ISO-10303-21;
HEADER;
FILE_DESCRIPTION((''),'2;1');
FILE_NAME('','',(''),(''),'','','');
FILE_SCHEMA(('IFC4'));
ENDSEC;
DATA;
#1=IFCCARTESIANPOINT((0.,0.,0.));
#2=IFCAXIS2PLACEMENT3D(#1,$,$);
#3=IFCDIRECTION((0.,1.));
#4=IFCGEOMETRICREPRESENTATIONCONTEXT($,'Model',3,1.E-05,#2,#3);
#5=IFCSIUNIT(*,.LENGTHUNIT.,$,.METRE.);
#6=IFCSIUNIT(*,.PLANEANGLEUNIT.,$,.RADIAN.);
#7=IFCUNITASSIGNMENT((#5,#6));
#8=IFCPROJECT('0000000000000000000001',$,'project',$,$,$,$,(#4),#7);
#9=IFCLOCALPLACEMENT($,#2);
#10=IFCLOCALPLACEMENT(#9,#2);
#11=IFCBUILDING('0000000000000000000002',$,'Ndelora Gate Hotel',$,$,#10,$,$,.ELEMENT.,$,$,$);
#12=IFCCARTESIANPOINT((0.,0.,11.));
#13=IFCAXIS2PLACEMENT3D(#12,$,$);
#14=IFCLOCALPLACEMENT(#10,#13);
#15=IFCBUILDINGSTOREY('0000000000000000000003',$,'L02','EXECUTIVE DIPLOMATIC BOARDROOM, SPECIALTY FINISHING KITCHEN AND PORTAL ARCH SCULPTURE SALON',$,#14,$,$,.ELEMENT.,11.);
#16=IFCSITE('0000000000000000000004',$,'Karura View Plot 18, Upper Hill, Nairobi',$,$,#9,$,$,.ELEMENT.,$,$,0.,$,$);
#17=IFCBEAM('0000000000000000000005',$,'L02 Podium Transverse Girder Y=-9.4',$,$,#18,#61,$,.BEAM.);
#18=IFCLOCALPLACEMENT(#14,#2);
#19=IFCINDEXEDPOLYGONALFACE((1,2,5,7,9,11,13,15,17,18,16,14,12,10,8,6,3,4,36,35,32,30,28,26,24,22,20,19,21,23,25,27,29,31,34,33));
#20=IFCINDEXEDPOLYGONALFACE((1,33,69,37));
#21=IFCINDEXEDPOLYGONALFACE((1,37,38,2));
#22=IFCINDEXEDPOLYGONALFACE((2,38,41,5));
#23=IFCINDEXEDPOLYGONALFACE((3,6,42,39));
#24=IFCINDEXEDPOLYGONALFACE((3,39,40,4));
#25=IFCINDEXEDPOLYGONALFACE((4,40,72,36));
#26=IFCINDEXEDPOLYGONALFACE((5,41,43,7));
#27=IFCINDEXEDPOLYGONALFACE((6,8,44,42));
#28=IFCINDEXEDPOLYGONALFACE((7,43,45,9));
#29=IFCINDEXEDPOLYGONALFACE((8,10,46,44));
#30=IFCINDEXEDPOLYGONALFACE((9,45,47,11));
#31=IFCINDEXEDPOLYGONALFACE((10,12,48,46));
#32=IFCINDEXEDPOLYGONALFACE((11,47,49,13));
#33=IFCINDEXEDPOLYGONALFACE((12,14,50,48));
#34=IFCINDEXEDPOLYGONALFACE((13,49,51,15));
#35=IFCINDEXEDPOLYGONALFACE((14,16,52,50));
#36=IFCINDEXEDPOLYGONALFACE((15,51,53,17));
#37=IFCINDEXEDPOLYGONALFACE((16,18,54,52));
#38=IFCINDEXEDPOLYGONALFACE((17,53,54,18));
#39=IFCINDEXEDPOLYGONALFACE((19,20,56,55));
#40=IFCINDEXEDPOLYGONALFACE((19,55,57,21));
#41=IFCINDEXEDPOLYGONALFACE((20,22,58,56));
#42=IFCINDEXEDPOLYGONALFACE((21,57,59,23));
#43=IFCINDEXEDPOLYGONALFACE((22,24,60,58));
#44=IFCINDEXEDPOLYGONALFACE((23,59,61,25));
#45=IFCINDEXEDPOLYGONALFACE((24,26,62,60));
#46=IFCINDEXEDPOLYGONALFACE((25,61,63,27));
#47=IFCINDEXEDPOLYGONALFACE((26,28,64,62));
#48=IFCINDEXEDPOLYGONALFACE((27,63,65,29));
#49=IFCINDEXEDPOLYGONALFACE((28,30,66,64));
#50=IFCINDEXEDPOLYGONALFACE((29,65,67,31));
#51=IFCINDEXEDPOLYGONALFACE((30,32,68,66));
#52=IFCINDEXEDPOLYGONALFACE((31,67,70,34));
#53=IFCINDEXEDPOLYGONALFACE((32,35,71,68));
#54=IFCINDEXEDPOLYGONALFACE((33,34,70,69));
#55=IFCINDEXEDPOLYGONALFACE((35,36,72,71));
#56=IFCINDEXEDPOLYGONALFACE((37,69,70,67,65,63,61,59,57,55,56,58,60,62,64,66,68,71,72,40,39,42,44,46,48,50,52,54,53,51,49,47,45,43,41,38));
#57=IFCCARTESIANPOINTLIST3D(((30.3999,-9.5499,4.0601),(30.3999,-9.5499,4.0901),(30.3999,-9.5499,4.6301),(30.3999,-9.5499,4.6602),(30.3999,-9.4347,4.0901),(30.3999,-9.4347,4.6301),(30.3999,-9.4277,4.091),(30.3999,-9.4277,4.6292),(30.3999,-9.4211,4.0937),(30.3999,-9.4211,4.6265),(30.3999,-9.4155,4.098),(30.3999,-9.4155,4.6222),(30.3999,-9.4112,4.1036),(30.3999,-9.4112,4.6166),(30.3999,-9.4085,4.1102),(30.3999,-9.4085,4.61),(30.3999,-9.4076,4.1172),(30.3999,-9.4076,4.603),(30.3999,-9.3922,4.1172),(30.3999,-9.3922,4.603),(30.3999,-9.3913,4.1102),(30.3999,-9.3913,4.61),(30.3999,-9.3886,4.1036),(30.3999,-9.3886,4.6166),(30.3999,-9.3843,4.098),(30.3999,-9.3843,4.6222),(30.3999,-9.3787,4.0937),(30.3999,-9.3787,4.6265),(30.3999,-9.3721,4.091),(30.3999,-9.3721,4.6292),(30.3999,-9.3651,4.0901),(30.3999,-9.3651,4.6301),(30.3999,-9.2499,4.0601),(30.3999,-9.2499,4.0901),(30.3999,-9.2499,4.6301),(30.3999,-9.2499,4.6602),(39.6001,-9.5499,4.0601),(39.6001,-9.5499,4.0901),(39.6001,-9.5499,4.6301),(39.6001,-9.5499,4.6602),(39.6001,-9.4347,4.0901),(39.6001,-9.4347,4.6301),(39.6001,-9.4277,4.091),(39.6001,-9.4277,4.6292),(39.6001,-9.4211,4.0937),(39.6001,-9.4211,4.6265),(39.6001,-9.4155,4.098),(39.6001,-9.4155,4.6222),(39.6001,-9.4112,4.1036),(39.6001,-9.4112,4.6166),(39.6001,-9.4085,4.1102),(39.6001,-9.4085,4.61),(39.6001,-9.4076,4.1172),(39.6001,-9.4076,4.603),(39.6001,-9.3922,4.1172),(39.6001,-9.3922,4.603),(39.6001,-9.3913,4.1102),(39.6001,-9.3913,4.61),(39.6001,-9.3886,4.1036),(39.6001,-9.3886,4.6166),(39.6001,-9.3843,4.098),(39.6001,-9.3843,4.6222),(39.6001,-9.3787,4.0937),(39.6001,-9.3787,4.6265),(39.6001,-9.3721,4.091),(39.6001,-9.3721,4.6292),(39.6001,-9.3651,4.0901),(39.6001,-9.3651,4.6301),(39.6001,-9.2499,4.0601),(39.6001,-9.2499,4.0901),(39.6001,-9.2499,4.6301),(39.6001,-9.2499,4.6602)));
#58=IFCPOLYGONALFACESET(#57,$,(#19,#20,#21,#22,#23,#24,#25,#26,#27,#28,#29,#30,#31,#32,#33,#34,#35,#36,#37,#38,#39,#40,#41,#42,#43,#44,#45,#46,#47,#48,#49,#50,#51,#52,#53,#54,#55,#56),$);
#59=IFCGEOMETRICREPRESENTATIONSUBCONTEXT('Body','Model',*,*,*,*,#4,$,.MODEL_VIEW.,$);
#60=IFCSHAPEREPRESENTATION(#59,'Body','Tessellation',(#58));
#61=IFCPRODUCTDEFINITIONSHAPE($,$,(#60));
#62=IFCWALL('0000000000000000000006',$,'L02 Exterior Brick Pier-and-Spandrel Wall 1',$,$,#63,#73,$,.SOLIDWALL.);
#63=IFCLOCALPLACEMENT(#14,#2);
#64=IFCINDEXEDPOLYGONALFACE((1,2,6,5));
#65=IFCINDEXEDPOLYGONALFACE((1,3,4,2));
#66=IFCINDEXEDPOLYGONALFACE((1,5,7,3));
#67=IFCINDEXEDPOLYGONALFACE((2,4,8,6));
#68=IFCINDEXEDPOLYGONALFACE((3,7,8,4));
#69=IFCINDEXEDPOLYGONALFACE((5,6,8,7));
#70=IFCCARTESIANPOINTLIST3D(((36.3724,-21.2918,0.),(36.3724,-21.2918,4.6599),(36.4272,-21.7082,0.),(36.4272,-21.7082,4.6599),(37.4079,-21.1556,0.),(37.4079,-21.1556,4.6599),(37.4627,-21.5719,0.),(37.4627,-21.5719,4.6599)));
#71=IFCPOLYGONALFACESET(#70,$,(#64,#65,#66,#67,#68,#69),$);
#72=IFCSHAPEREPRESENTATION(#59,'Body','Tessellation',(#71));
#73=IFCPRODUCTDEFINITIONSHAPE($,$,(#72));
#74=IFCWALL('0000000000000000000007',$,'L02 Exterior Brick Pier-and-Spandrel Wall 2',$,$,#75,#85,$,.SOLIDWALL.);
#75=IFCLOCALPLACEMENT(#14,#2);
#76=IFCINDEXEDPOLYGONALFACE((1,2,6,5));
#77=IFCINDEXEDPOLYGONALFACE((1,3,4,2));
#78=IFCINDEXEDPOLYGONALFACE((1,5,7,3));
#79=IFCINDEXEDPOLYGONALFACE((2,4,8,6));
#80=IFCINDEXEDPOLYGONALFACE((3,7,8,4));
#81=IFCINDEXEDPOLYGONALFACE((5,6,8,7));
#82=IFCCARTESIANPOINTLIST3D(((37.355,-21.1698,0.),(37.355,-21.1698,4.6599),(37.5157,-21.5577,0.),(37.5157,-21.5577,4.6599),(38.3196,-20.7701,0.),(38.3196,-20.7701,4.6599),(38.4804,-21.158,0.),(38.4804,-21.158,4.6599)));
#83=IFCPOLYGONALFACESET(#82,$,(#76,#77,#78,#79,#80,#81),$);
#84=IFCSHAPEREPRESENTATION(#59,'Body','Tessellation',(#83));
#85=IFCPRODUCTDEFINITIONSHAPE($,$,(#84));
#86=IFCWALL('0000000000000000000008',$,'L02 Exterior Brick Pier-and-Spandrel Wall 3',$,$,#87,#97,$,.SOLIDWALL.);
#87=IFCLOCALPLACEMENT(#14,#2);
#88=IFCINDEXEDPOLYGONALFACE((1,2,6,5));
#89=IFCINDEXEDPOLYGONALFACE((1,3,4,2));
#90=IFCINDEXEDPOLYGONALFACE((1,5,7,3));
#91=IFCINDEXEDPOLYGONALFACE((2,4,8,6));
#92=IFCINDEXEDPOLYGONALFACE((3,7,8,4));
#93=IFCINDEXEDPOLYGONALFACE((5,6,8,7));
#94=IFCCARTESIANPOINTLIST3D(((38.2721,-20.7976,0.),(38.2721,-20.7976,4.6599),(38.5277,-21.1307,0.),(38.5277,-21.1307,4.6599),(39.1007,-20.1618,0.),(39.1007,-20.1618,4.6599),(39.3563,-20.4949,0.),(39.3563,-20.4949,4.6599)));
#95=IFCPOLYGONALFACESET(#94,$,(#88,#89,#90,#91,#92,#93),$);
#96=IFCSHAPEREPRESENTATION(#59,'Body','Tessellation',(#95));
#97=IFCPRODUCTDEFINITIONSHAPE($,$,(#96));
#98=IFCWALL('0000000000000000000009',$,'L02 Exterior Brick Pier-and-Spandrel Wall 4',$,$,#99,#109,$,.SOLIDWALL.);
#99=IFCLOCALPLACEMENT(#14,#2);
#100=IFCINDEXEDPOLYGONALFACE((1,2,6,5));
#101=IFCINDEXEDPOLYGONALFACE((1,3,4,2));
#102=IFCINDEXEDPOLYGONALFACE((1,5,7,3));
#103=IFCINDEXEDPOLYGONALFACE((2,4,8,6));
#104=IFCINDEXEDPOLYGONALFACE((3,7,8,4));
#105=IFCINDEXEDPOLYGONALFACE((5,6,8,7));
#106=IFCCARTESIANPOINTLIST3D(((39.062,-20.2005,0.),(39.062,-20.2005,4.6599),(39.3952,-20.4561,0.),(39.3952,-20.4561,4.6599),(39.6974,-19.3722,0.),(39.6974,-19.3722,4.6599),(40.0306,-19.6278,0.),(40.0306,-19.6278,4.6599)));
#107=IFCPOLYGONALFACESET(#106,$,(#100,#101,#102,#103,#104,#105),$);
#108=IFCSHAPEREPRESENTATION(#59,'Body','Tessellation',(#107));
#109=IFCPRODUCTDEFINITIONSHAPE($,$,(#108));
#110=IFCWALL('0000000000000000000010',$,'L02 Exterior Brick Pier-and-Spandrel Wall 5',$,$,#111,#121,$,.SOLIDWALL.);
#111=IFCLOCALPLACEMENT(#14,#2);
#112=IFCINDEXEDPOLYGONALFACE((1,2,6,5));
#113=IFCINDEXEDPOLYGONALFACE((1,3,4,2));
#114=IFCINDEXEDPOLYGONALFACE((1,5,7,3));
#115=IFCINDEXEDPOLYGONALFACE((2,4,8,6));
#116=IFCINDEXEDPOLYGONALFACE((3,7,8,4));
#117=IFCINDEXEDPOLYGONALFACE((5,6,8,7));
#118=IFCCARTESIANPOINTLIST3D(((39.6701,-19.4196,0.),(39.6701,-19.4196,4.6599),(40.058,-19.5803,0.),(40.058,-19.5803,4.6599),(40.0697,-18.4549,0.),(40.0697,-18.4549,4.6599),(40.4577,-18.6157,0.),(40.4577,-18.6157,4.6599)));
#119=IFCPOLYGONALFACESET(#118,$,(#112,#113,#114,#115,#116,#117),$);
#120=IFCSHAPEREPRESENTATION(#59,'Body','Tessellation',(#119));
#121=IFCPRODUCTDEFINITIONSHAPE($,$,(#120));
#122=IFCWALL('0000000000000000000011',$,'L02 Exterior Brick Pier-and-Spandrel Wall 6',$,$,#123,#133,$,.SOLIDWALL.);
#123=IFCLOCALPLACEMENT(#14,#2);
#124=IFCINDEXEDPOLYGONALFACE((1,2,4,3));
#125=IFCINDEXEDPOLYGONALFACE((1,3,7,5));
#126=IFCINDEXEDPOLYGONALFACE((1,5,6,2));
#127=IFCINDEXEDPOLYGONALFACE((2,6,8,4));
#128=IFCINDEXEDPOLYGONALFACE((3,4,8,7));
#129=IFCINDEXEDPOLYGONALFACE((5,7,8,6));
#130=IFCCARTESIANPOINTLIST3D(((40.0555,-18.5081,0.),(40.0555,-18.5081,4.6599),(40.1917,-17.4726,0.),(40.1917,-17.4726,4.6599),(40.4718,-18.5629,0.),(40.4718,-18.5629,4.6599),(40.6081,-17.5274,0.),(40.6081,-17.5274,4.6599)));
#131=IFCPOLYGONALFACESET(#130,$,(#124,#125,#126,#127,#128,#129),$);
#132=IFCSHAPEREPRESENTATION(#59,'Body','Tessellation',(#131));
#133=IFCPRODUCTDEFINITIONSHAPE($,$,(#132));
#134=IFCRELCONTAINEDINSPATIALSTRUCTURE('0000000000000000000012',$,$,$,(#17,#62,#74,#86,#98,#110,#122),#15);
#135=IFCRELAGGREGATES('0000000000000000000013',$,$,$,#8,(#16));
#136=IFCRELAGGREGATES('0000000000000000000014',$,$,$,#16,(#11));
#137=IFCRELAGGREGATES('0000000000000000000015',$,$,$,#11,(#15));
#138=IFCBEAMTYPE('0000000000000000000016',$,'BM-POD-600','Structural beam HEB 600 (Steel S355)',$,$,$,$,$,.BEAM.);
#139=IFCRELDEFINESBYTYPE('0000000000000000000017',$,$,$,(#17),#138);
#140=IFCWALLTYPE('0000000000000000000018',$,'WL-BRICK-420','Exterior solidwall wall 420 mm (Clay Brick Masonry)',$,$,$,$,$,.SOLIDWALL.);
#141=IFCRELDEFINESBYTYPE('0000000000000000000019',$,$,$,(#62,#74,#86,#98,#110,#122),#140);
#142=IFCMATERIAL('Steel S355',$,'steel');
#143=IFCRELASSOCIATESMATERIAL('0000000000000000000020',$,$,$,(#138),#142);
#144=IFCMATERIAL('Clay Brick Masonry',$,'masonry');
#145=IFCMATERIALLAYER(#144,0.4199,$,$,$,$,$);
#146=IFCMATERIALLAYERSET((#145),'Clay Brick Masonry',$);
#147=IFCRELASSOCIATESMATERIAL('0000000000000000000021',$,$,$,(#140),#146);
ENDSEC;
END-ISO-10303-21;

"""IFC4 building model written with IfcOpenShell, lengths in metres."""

from ifc_helpers import new_model, si_unit, direction, frame, frame_2d, origin, origin_2d, place, context, subcontext, project, spatial, rectangle, i_section, extrude, material, layer, layer_set, material_profile, profile_set, type_object, element, save


model = new_model("IFC4")

# Units and contexts
model_context = context("Model", 3, precision=1e-05, world=origin(), true_north=direction((0.0, 1.0)))
body_context = subcontext(model_context, "Body", "Model", "MODEL_VIEW")
ifc_project = project(units=[si_unit("LENGTHUNIT", "METRE"), si_unit("PLANEANGLEUNIT", "RADIAN")], contexts=[model_context])

# Site, building, storey
site_placement = place(None, origin())
site = spatial("IfcSite", under=ifc_project, at=site_placement, Name="Karura View Plot 18, Upper Hill, Nairobi", CompositionType="ELEMENT", RefElevation=0.0)
building_placement = place(site_placement, origin())
building = spatial("IfcBuilding", under=site, at=building_placement, Name="Ndelora Gate Hotel", CompositionType="ELEMENT")
storey_placement = place(building_placement, frame((0.0, 0.0, 11.0)))
storey = spatial("IfcBuildingStorey", under=building, at=storey_placement, Name="L02", Description="EXECUTIVE DIPLOMATIC BOARDROOM, SPECIALTY FINISHING KITCHEN AND PORTAL ARCH SCULPTURE SALON", CompositionType="ELEMENT", Elevation=11.0)

# Beam
ifc_material_1 = material(Name="Steel S355", Category="steel")
ifc_material_profile_1 = material_profile(ifc_material_1, i_section(OverallWidth=0.3, OverallDepth=0.6001, WebThickness=0.0154, FlangeThickness=0.03, FilletRadius=0.0271, at=origin_2d()), Name="HEB 600")
ifc_profile_set_1 = profile_set([ifc_material_profile_1], Name="Steel S355")
beam_type_1 = type_object("IfcBeamType", Name="BM-POD-600", Description="Structural beam HEB 600 (Steel S355)", PredefinedType="BEAM", material=ifc_profile_set_1)
for number, where, z_axis, x_axis, name in (
    (1, (30.3999, -9.3999, 4.3601), (1.0, 0.0, 0.0), (0.0, 1.0, 0.0), "L02 Podium Transverse Girder Y=-9.4"),
):
    element("IfcBeam", number, at=place(storey_placement, frame(where, z_axis=z_axis, x_axis=x_axis)), inside=storey, type_object=beam_type_1, Name=name, PredefinedType="BEAM", context=body_context, shape_type="SweptSolid", body=[
        extrude(i_section(OverallWidth=0.3, OverallDepth=0.6001, WebThickness=0.0154, FlangeThickness=0.03, FilletRadius=0.0271, at=origin_2d()), origin(), (0.0, 0.0, 1.0), 9.2002),
    ])

# Walls
ifc_material_2 = material(Name="Clay Brick Masonry", Category="masonry")
ifc_layer = layer(ifc_material_2, 0.4199)
ifc_layer_set = layer_set([ifc_layer], Name="Clay Brick Masonry")
wall_type = type_object("IfcWallType", Name="WL-BRICK-420", Description="Exterior solidwall wall 420 mm (Clay Brick Masonry)", PredefinedType="SOLIDWALL", material=ifc_layer_set)
wall_1_placement = place(storey_placement, frame((37.4353, -21.3638, 0.0), z_axis=(0.0, 0.0, 1.0), x_axis=(-0.991455, -0.130448, 0.0)))
element("IfcWall", 2, at=wall_1_placement, inside=storey, type_object=wall_type, Name="L02 Exterior Brick Pier-and-Spandrel Wall 1", PredefinedType="SOLIDWALL", context=body_context, shape_type="SweptSolid", body=[
    extrude(rectangle(XDim=1.0444, YDim=0.4199, at=frame_2d((0.5222, 0.0))), origin(), (0.0, 0.0, 1.0), 4.6599),
])
wall_2_placement = place(storey_placement, frame((38.3999, -20.9641, 0.0), z_axis=(0.0, 0.0, 1.0), x_axis=(-0.923843, -0.382772, 0.0)))
element("IfcWall", 3, at=wall_2_placement, inside=storey, type_object=wall_type, Name="L02 Exterior Brick Pier-and-Spandrel Wall 2", PredefinedType="SOLIDWALL", context=body_context, shape_type="SweptSolid", body=[
    extrude(rectangle(XDim=1.0442, YDim=0.4199, at=frame_2d((0.522, 0.0))), origin(), (0.0, 0.0, 1.0), 4.6599),
])
wall_3_placement = place(storey_placement, frame((39.2285, -20.3284, 0.0), z_axis=(0.0, 0.0, 1.0), x_axis=(-0.793388, -0.608716, 0.0)))
element("IfcWall", 4, at=wall_3_placement, inside=storey, type_object=wall_type, Name="L02 Exterior Brick Pier-and-Spandrel Wall 3", PredefinedType="SOLIDWALL", context=body_context, shape_type="SweptSolid", body=[
    extrude(rectangle(XDim=1.0444, YDim=0.4199, at=frame_2d((0.5222, 0.0))), origin(), (0.0, 0.0, 1.0), 4.6599),
])
wall_4_placement = place(storey_placement, frame((39.864, -19.5, 0.0), z_axis=(0.0, 0.0, 1.0), x_axis=(-0.608682, -0.793414, 0.0)))
element("IfcWall", 5, at=wall_4_placement, inside=storey, type_object=wall_type, Name="L02 Exterior Brick Pier-and-Spandrel Wall 4", PredefinedType="SOLIDWALL", context=body_context, shape_type="SweptSolid", body=[
    extrude(rectangle(XDim=1.0439, YDim=0.4199, at=frame_2d((0.522, 0.0))), origin(), (0.0, 0.0, 1.0), 4.6599),
])
wall_5_placement = place(storey_placement, frame((40.2637, -18.5354, 0.0), z_axis=(0.0, 0.0, 1.0), x_axis=(-0.382772, -0.923843, 0.0)))
element("IfcWall", 6, at=wall_5_placement, inside=storey, type_object=wall_type, Name="L02 Exterior Brick Pier-and-Spandrel Wall 5", PredefinedType="SOLIDWALL", context=body_context, shape_type="SweptSolid", body=[
    extrude(rectangle(XDim=1.0442, YDim=0.4199, at=frame_2d((0.522, 0.0))), origin(), (0.0, 0.0, 1.0), 4.6599),
])
wall_6_placement = place(storey_placement, frame((40.3999, -17.5, 0.0), z_axis=(0.0, 0.0, 1.0), x_axis=(-0.130448, -0.991455, 0.0)))
element("IfcWall", 7, at=wall_6_placement, inside=storey, type_object=wall_type, Name="L02 Exterior Brick Pier-and-Spandrel Wall 6", PredefinedType="SOLIDWALL", context=body_context, shape_type="SweptSolid", body=[
    extrude(rectangle(XDim=1.0444, YDim=0.4199, at=frame_2d((0.5222, 0.0))), origin(), (0.0, 0.0, 1.0), 4.6599),
])

save(model, "model.ifc")
